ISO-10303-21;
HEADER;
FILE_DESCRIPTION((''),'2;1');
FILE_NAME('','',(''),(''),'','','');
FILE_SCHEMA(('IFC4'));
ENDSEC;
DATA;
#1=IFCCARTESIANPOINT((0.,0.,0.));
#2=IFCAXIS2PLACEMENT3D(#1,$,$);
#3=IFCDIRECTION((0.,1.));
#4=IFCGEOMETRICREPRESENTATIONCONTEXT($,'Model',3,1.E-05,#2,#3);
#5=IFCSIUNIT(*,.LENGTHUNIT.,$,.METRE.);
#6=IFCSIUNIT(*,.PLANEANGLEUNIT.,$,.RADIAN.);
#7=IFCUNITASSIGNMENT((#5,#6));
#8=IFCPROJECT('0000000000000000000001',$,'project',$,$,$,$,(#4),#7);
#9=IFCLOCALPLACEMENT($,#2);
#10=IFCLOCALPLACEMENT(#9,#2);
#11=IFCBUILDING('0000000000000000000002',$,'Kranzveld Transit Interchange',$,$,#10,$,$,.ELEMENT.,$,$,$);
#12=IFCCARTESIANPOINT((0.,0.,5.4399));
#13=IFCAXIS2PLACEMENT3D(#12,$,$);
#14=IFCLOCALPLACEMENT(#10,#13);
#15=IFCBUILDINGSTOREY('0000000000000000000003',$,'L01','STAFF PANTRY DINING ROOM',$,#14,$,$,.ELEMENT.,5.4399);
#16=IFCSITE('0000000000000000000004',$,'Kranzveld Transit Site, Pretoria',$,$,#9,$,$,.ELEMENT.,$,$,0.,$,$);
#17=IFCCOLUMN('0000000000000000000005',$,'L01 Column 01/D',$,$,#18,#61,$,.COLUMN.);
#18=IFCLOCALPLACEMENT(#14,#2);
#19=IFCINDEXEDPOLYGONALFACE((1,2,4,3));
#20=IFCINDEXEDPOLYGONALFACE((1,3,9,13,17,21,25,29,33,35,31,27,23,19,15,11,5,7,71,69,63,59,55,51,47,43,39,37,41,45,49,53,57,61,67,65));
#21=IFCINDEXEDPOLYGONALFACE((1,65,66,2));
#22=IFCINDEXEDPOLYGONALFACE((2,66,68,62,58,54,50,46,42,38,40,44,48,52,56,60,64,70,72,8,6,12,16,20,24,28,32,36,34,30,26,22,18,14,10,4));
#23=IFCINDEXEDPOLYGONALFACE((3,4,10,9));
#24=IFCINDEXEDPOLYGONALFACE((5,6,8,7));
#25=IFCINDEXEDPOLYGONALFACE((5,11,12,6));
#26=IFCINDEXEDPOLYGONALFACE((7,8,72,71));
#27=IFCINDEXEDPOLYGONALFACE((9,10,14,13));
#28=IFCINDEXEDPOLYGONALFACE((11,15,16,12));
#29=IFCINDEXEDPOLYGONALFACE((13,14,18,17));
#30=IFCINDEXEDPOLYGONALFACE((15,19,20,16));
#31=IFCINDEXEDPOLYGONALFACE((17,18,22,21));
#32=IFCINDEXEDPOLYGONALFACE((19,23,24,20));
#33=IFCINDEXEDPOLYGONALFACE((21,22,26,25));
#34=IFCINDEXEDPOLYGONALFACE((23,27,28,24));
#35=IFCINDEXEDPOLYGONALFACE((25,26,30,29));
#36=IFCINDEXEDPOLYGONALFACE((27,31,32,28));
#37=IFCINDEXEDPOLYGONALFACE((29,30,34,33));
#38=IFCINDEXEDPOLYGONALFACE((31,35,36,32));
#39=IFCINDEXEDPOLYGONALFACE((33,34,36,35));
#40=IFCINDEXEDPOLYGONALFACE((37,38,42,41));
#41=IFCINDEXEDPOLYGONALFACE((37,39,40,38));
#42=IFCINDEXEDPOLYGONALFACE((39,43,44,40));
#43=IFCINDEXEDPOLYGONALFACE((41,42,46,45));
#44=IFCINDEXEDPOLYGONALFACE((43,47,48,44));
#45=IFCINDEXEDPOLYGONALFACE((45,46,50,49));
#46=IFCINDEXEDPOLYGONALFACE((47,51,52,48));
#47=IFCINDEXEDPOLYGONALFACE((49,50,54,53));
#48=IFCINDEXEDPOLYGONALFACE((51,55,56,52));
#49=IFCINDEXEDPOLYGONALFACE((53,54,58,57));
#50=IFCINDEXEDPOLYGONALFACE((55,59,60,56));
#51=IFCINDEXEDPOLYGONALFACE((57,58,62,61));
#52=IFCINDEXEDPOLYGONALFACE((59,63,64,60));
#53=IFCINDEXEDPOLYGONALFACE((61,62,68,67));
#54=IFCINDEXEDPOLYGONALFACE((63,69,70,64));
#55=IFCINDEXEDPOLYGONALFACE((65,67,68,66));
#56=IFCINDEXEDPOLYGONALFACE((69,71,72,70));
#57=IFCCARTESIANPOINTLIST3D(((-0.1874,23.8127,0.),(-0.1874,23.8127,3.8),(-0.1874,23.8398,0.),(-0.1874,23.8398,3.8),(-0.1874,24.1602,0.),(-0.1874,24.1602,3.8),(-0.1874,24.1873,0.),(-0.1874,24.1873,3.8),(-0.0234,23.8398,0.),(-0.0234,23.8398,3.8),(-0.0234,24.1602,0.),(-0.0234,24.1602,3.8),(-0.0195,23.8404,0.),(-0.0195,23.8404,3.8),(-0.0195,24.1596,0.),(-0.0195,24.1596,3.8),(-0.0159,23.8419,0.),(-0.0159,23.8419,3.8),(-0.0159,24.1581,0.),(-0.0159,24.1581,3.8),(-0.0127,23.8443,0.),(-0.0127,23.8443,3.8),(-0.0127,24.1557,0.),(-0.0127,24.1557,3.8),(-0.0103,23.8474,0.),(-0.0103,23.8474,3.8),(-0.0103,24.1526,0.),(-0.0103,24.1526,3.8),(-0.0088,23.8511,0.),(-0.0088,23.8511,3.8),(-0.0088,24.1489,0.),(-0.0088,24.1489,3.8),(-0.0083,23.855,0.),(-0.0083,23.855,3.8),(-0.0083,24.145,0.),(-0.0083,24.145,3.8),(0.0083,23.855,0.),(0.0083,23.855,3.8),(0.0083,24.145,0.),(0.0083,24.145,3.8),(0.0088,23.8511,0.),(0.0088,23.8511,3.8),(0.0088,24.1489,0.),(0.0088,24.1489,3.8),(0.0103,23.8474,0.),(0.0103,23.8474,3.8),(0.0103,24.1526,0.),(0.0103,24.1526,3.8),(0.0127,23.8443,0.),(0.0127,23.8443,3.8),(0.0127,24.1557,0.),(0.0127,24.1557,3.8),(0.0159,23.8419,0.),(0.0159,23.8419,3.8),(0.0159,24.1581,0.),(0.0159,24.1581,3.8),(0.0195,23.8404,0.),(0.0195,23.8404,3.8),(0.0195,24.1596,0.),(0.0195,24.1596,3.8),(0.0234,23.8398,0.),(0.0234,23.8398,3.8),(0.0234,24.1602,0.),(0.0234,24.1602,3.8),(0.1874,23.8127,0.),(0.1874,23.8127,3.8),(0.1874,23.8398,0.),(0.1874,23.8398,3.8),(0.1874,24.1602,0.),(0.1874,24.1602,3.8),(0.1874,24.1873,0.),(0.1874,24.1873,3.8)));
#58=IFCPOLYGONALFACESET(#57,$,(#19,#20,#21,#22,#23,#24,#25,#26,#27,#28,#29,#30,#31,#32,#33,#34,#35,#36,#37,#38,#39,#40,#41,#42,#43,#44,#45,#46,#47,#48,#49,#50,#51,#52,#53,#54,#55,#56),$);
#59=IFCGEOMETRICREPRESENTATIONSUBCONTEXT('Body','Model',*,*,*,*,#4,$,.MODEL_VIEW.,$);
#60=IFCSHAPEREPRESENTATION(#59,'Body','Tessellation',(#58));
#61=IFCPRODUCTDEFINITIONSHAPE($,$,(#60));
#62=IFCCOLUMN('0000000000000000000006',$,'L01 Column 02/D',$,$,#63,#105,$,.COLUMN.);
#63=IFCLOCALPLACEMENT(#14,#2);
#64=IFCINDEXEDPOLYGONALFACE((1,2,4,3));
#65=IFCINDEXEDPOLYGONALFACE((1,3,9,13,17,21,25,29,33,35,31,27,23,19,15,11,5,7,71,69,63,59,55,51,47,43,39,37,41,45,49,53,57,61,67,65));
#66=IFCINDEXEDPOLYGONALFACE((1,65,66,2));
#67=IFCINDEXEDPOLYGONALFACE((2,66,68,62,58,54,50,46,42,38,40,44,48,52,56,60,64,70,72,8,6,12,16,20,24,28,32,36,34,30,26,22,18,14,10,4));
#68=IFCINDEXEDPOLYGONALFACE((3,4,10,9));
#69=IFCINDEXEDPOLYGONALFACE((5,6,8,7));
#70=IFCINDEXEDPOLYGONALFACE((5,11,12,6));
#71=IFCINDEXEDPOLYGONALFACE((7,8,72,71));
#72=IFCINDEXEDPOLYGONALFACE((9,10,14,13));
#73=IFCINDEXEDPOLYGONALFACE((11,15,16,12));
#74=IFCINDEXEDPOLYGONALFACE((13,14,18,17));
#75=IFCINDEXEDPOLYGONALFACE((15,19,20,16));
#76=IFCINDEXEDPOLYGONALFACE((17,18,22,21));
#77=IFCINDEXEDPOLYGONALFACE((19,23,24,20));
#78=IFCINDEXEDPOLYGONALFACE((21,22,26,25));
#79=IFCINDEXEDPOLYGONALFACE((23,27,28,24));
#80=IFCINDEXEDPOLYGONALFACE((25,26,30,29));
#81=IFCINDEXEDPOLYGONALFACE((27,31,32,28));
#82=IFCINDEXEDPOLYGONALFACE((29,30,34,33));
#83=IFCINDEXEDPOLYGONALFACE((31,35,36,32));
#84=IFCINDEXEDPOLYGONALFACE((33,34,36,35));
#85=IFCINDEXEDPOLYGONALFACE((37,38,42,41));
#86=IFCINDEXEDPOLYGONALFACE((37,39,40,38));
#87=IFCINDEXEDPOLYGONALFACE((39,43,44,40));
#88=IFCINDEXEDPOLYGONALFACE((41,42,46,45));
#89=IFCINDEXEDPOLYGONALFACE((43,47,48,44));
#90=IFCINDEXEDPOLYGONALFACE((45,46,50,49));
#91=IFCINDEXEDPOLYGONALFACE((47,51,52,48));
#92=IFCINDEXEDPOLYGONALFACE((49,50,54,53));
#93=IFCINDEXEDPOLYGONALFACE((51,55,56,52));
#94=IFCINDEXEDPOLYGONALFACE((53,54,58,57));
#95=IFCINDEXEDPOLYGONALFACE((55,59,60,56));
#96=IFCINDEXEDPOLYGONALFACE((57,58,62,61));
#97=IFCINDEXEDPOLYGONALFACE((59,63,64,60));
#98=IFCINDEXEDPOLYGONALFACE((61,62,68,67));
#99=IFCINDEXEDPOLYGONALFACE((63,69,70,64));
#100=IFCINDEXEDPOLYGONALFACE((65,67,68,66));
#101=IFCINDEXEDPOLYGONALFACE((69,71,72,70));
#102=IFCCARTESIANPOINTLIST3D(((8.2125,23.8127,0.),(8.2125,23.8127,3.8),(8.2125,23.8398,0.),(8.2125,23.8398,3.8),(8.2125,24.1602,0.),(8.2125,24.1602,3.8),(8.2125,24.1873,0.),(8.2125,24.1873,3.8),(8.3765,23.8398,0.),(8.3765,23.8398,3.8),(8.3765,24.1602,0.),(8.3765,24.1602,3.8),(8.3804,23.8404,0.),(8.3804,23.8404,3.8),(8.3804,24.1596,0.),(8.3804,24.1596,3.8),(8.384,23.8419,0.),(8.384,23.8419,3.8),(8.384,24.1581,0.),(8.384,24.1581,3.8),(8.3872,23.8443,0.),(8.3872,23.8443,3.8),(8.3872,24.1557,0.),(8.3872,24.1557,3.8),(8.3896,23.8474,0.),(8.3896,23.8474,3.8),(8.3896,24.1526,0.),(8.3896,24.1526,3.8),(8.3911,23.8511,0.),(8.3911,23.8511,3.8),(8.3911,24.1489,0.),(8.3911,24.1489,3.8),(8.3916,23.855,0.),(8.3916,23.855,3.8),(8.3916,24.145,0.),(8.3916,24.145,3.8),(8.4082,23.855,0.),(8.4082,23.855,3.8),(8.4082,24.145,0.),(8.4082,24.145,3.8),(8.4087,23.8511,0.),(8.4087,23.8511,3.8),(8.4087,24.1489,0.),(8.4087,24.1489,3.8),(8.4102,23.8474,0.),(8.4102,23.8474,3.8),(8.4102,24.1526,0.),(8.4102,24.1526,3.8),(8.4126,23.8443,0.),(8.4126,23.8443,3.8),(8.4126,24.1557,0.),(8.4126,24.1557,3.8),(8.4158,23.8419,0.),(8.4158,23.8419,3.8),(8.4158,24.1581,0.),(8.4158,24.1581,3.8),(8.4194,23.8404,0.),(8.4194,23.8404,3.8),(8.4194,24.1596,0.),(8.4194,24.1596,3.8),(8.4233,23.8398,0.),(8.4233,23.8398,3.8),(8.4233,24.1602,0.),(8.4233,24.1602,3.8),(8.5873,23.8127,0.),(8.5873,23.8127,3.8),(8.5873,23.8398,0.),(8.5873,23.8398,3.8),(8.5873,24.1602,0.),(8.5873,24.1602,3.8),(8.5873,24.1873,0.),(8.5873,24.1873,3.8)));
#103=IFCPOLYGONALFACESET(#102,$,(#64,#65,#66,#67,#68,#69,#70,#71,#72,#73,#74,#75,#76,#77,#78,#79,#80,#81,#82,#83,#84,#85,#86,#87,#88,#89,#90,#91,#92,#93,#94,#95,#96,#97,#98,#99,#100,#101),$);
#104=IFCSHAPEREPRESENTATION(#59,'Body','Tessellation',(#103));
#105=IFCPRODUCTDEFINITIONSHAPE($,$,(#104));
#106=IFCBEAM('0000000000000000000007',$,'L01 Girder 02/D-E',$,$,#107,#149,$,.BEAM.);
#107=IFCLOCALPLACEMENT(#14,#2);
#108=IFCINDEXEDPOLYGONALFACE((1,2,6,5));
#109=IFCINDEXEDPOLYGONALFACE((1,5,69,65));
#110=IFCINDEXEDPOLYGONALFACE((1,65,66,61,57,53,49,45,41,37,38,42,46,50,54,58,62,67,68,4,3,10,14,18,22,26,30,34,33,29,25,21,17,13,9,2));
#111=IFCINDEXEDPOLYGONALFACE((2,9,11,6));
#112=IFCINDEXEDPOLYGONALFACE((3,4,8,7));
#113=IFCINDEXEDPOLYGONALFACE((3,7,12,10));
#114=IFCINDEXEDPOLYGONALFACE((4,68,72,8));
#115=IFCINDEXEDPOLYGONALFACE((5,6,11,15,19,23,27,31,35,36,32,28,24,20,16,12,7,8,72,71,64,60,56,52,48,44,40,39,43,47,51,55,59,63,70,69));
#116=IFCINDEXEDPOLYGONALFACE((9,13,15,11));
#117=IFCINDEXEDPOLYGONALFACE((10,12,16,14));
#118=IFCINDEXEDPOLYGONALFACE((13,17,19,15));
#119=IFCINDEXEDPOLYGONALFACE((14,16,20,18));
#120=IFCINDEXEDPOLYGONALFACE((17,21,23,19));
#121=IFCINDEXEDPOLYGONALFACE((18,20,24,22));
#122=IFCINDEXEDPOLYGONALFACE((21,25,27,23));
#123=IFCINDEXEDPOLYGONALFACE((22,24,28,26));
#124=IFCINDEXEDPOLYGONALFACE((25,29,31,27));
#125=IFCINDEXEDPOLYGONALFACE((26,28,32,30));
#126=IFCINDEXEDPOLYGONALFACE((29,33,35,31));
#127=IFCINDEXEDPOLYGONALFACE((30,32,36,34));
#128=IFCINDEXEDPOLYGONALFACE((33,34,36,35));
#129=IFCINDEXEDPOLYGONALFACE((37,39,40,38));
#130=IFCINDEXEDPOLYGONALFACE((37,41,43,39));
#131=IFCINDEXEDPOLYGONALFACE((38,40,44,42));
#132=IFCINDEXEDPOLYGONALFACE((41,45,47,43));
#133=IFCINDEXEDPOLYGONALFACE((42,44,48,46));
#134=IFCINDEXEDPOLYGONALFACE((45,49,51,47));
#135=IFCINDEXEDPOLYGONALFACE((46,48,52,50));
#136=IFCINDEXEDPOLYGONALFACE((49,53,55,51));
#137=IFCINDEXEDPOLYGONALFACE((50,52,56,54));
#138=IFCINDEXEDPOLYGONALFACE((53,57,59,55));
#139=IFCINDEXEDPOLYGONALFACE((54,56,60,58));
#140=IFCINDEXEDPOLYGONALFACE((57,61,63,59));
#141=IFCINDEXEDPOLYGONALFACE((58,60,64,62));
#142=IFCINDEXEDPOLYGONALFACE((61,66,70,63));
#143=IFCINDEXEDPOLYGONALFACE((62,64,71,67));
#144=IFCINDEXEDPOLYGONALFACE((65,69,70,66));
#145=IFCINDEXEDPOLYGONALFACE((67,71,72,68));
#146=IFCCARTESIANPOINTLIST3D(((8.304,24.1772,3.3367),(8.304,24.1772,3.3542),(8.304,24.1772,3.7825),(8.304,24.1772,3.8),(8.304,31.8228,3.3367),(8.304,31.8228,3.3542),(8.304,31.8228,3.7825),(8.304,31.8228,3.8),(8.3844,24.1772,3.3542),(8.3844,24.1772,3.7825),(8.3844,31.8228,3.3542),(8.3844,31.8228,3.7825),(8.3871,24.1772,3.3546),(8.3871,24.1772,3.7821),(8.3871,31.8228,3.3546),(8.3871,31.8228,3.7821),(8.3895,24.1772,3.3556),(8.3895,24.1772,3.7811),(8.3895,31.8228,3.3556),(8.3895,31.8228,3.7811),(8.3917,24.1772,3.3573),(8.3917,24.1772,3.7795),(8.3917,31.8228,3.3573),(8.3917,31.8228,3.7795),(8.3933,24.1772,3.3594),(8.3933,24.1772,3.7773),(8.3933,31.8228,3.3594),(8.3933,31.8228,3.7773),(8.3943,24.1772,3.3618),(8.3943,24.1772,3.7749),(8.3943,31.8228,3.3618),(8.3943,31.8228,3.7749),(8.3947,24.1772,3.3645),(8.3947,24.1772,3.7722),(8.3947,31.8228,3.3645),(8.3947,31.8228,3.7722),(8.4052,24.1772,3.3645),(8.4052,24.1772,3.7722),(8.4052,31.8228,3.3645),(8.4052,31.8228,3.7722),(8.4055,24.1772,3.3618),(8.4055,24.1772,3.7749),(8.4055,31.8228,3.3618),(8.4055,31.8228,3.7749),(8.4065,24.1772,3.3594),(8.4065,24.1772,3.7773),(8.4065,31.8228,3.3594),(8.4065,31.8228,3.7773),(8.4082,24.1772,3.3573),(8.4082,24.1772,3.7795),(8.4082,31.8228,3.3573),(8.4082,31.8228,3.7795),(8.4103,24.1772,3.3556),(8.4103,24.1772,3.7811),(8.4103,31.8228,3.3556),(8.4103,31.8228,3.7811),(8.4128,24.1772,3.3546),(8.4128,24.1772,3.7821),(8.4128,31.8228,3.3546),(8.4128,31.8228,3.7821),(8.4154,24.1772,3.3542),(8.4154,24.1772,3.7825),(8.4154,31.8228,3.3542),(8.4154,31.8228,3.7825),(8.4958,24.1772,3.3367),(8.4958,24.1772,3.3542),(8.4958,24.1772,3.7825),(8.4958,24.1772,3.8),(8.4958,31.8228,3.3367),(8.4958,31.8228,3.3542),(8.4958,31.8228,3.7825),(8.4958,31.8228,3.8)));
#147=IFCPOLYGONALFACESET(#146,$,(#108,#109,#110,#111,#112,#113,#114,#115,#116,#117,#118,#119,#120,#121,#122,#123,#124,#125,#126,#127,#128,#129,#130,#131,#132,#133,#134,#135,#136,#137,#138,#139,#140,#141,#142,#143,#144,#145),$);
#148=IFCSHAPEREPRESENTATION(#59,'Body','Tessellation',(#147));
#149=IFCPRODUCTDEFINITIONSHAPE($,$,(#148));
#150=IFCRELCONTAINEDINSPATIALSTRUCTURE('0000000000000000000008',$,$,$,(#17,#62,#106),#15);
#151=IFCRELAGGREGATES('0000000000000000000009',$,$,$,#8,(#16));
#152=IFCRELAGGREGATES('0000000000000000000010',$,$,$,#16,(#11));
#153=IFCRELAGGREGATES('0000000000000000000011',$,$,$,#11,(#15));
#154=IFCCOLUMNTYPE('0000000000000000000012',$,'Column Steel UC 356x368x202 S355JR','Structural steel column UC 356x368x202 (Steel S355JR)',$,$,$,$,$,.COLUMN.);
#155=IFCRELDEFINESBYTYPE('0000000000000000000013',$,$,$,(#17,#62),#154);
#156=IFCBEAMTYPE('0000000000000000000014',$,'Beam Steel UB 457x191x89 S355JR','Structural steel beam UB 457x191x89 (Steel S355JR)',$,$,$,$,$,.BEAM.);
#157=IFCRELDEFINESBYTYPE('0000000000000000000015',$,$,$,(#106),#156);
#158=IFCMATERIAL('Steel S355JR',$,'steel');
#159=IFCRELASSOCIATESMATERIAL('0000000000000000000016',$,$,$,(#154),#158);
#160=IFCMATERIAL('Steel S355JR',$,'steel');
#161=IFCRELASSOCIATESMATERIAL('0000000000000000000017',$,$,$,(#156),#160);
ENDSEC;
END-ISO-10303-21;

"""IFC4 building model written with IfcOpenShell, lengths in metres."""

from ifc_helpers import new_model, si_unit, direction, frame, origin, origin_2d, place, context, subcontext, project, spatial, i_section, extrude, material, material_profile, profile_set, type_object, element, save


model = new_model("IFC4")

# Units and contexts
model_context = context("Model", 3, precision=1e-05, world=origin(), true_north=direction((0.0, 1.0)))
body_context = subcontext(model_context, "Body", "Model", "MODEL_VIEW")
ifc_project = project(units=[si_unit("LENGTHUNIT", "METRE"), si_unit("PLANEANGLEUNIT", "RADIAN")], contexts=[model_context])

# Site, building, storey
site_placement = place(None, origin())
site = spatial("IfcSite", under=ifc_project, at=site_placement, Name="Kranzveld Transit Site, Pretoria", CompositionType="ELEMENT", RefElevation=0.0)
building_placement = place(site_placement, origin())
building = spatial("IfcBuilding", under=site, at=building_placement, Name="Kranzveld Transit Interchange", CompositionType="ELEMENT")
storey_placement = place(building_placement, frame((0.0, 0.0, 5.4399)))
storey = spatial("IfcBuildingStorey", under=building, at=storey_placement, Name="L01", Description="STAFF PANTRY DINING ROOM", CompositionType="ELEMENT", Elevation=5.4399)

# Columns
ifc_material_1 = material(Name="Steel S355JR", Category="steel")
ifc_material_profile_1 = material_profile(ifc_material_1, i_section(OverallWidth=0.3748, OverallDepth=0.3745, WebThickness=0.0166, FlangeThickness=0.0271, FilletRadius=0.0151, at=origin_2d()), Name="UC 356x368x202")
ifc_profile_set_1 = profile_set([ifc_material_profile_1], Name="Steel S355JR")
column_type = type_object("IfcColumnType", Name="Column Steel UC 356x368x202 S355JR", Description="Structural steel column UC 356x368x202 (Steel S355JR)", PredefinedType="COLUMN", material=ifc_profile_set_1)
for number, where, z_axis, x_axis, name in (
    (1, (0.0, 24.0, 0.0), (0.0, 0.0, 1.0), (1.0, 0.0, 0.0), "L01 Column 01/D"),
    (2, (8.3999, 24.0, 0.0), (0.0, 0.0, 1.0), (1.0, 0.0, 0.0), "L01 Column 02/D"),
):
    element("IfcColumn", number, at=place(storey_placement, frame(where, z_axis=z_axis, x_axis=x_axis)), inside=storey, type_object=column_type, Name=name, PredefinedType="COLUMN", context=body_context, shape_type="SweptSolid", body=[
        extrude(i_section(OverallWidth=0.3748, OverallDepth=0.3745, WebThickness=0.0166, FlangeThickness=0.0271, FilletRadius=0.0151, at=origin_2d()), origin(), (0.0, 0.0, 1.0), 3.8),
    ])

# Beam
ifc_material_2 = material(Name="Steel S355JR", Category="steel")
ifc_material_profile_2 = material_profile(ifc_material_2, i_section(OverallWidth=0.1919, OverallDepth=0.4634, WebThickness=0.0105, FlangeThickness=0.0176, FilletRadius=0.0103, at=origin_2d()), Name="UB 457x191x89")
ifc_profile_set_2 = profile_set([ifc_material_profile_2], Name="Steel S355JR")
beam_type_1 = type_object("IfcBeamType", Name="Beam Steel UB 457x191x89 S355JR", Description="Structural steel beam UB 457x191x89 (Steel S355JR)", PredefinedType="BEAM", material=ifc_profile_set_2)
beam_1_placement = place(storey_placement, frame((8.3999, 24.1772, 3.5684), z_axis=(0.0, 1.0, 0.0), x_axis=(-1.0, 0.0, 0.0)))
element("IfcBeam", 3, at=beam_1_placement, inside=storey, type_object=beam_type_1, Name="L01 Girder 02/D-E", PredefinedType="BEAM", context=body_context, shape_type="SweptSolid", body=[
    extrude(i_section(OverallWidth=0.1919, OverallDepth=0.4634, WebThickness=0.0105, FlangeThickness=0.0176, FilletRadius=0.0103, at=origin_2d()), origin(), (0.0, 0.0, 1.0), 7.6455),
])

save(model, "model.ifc")
